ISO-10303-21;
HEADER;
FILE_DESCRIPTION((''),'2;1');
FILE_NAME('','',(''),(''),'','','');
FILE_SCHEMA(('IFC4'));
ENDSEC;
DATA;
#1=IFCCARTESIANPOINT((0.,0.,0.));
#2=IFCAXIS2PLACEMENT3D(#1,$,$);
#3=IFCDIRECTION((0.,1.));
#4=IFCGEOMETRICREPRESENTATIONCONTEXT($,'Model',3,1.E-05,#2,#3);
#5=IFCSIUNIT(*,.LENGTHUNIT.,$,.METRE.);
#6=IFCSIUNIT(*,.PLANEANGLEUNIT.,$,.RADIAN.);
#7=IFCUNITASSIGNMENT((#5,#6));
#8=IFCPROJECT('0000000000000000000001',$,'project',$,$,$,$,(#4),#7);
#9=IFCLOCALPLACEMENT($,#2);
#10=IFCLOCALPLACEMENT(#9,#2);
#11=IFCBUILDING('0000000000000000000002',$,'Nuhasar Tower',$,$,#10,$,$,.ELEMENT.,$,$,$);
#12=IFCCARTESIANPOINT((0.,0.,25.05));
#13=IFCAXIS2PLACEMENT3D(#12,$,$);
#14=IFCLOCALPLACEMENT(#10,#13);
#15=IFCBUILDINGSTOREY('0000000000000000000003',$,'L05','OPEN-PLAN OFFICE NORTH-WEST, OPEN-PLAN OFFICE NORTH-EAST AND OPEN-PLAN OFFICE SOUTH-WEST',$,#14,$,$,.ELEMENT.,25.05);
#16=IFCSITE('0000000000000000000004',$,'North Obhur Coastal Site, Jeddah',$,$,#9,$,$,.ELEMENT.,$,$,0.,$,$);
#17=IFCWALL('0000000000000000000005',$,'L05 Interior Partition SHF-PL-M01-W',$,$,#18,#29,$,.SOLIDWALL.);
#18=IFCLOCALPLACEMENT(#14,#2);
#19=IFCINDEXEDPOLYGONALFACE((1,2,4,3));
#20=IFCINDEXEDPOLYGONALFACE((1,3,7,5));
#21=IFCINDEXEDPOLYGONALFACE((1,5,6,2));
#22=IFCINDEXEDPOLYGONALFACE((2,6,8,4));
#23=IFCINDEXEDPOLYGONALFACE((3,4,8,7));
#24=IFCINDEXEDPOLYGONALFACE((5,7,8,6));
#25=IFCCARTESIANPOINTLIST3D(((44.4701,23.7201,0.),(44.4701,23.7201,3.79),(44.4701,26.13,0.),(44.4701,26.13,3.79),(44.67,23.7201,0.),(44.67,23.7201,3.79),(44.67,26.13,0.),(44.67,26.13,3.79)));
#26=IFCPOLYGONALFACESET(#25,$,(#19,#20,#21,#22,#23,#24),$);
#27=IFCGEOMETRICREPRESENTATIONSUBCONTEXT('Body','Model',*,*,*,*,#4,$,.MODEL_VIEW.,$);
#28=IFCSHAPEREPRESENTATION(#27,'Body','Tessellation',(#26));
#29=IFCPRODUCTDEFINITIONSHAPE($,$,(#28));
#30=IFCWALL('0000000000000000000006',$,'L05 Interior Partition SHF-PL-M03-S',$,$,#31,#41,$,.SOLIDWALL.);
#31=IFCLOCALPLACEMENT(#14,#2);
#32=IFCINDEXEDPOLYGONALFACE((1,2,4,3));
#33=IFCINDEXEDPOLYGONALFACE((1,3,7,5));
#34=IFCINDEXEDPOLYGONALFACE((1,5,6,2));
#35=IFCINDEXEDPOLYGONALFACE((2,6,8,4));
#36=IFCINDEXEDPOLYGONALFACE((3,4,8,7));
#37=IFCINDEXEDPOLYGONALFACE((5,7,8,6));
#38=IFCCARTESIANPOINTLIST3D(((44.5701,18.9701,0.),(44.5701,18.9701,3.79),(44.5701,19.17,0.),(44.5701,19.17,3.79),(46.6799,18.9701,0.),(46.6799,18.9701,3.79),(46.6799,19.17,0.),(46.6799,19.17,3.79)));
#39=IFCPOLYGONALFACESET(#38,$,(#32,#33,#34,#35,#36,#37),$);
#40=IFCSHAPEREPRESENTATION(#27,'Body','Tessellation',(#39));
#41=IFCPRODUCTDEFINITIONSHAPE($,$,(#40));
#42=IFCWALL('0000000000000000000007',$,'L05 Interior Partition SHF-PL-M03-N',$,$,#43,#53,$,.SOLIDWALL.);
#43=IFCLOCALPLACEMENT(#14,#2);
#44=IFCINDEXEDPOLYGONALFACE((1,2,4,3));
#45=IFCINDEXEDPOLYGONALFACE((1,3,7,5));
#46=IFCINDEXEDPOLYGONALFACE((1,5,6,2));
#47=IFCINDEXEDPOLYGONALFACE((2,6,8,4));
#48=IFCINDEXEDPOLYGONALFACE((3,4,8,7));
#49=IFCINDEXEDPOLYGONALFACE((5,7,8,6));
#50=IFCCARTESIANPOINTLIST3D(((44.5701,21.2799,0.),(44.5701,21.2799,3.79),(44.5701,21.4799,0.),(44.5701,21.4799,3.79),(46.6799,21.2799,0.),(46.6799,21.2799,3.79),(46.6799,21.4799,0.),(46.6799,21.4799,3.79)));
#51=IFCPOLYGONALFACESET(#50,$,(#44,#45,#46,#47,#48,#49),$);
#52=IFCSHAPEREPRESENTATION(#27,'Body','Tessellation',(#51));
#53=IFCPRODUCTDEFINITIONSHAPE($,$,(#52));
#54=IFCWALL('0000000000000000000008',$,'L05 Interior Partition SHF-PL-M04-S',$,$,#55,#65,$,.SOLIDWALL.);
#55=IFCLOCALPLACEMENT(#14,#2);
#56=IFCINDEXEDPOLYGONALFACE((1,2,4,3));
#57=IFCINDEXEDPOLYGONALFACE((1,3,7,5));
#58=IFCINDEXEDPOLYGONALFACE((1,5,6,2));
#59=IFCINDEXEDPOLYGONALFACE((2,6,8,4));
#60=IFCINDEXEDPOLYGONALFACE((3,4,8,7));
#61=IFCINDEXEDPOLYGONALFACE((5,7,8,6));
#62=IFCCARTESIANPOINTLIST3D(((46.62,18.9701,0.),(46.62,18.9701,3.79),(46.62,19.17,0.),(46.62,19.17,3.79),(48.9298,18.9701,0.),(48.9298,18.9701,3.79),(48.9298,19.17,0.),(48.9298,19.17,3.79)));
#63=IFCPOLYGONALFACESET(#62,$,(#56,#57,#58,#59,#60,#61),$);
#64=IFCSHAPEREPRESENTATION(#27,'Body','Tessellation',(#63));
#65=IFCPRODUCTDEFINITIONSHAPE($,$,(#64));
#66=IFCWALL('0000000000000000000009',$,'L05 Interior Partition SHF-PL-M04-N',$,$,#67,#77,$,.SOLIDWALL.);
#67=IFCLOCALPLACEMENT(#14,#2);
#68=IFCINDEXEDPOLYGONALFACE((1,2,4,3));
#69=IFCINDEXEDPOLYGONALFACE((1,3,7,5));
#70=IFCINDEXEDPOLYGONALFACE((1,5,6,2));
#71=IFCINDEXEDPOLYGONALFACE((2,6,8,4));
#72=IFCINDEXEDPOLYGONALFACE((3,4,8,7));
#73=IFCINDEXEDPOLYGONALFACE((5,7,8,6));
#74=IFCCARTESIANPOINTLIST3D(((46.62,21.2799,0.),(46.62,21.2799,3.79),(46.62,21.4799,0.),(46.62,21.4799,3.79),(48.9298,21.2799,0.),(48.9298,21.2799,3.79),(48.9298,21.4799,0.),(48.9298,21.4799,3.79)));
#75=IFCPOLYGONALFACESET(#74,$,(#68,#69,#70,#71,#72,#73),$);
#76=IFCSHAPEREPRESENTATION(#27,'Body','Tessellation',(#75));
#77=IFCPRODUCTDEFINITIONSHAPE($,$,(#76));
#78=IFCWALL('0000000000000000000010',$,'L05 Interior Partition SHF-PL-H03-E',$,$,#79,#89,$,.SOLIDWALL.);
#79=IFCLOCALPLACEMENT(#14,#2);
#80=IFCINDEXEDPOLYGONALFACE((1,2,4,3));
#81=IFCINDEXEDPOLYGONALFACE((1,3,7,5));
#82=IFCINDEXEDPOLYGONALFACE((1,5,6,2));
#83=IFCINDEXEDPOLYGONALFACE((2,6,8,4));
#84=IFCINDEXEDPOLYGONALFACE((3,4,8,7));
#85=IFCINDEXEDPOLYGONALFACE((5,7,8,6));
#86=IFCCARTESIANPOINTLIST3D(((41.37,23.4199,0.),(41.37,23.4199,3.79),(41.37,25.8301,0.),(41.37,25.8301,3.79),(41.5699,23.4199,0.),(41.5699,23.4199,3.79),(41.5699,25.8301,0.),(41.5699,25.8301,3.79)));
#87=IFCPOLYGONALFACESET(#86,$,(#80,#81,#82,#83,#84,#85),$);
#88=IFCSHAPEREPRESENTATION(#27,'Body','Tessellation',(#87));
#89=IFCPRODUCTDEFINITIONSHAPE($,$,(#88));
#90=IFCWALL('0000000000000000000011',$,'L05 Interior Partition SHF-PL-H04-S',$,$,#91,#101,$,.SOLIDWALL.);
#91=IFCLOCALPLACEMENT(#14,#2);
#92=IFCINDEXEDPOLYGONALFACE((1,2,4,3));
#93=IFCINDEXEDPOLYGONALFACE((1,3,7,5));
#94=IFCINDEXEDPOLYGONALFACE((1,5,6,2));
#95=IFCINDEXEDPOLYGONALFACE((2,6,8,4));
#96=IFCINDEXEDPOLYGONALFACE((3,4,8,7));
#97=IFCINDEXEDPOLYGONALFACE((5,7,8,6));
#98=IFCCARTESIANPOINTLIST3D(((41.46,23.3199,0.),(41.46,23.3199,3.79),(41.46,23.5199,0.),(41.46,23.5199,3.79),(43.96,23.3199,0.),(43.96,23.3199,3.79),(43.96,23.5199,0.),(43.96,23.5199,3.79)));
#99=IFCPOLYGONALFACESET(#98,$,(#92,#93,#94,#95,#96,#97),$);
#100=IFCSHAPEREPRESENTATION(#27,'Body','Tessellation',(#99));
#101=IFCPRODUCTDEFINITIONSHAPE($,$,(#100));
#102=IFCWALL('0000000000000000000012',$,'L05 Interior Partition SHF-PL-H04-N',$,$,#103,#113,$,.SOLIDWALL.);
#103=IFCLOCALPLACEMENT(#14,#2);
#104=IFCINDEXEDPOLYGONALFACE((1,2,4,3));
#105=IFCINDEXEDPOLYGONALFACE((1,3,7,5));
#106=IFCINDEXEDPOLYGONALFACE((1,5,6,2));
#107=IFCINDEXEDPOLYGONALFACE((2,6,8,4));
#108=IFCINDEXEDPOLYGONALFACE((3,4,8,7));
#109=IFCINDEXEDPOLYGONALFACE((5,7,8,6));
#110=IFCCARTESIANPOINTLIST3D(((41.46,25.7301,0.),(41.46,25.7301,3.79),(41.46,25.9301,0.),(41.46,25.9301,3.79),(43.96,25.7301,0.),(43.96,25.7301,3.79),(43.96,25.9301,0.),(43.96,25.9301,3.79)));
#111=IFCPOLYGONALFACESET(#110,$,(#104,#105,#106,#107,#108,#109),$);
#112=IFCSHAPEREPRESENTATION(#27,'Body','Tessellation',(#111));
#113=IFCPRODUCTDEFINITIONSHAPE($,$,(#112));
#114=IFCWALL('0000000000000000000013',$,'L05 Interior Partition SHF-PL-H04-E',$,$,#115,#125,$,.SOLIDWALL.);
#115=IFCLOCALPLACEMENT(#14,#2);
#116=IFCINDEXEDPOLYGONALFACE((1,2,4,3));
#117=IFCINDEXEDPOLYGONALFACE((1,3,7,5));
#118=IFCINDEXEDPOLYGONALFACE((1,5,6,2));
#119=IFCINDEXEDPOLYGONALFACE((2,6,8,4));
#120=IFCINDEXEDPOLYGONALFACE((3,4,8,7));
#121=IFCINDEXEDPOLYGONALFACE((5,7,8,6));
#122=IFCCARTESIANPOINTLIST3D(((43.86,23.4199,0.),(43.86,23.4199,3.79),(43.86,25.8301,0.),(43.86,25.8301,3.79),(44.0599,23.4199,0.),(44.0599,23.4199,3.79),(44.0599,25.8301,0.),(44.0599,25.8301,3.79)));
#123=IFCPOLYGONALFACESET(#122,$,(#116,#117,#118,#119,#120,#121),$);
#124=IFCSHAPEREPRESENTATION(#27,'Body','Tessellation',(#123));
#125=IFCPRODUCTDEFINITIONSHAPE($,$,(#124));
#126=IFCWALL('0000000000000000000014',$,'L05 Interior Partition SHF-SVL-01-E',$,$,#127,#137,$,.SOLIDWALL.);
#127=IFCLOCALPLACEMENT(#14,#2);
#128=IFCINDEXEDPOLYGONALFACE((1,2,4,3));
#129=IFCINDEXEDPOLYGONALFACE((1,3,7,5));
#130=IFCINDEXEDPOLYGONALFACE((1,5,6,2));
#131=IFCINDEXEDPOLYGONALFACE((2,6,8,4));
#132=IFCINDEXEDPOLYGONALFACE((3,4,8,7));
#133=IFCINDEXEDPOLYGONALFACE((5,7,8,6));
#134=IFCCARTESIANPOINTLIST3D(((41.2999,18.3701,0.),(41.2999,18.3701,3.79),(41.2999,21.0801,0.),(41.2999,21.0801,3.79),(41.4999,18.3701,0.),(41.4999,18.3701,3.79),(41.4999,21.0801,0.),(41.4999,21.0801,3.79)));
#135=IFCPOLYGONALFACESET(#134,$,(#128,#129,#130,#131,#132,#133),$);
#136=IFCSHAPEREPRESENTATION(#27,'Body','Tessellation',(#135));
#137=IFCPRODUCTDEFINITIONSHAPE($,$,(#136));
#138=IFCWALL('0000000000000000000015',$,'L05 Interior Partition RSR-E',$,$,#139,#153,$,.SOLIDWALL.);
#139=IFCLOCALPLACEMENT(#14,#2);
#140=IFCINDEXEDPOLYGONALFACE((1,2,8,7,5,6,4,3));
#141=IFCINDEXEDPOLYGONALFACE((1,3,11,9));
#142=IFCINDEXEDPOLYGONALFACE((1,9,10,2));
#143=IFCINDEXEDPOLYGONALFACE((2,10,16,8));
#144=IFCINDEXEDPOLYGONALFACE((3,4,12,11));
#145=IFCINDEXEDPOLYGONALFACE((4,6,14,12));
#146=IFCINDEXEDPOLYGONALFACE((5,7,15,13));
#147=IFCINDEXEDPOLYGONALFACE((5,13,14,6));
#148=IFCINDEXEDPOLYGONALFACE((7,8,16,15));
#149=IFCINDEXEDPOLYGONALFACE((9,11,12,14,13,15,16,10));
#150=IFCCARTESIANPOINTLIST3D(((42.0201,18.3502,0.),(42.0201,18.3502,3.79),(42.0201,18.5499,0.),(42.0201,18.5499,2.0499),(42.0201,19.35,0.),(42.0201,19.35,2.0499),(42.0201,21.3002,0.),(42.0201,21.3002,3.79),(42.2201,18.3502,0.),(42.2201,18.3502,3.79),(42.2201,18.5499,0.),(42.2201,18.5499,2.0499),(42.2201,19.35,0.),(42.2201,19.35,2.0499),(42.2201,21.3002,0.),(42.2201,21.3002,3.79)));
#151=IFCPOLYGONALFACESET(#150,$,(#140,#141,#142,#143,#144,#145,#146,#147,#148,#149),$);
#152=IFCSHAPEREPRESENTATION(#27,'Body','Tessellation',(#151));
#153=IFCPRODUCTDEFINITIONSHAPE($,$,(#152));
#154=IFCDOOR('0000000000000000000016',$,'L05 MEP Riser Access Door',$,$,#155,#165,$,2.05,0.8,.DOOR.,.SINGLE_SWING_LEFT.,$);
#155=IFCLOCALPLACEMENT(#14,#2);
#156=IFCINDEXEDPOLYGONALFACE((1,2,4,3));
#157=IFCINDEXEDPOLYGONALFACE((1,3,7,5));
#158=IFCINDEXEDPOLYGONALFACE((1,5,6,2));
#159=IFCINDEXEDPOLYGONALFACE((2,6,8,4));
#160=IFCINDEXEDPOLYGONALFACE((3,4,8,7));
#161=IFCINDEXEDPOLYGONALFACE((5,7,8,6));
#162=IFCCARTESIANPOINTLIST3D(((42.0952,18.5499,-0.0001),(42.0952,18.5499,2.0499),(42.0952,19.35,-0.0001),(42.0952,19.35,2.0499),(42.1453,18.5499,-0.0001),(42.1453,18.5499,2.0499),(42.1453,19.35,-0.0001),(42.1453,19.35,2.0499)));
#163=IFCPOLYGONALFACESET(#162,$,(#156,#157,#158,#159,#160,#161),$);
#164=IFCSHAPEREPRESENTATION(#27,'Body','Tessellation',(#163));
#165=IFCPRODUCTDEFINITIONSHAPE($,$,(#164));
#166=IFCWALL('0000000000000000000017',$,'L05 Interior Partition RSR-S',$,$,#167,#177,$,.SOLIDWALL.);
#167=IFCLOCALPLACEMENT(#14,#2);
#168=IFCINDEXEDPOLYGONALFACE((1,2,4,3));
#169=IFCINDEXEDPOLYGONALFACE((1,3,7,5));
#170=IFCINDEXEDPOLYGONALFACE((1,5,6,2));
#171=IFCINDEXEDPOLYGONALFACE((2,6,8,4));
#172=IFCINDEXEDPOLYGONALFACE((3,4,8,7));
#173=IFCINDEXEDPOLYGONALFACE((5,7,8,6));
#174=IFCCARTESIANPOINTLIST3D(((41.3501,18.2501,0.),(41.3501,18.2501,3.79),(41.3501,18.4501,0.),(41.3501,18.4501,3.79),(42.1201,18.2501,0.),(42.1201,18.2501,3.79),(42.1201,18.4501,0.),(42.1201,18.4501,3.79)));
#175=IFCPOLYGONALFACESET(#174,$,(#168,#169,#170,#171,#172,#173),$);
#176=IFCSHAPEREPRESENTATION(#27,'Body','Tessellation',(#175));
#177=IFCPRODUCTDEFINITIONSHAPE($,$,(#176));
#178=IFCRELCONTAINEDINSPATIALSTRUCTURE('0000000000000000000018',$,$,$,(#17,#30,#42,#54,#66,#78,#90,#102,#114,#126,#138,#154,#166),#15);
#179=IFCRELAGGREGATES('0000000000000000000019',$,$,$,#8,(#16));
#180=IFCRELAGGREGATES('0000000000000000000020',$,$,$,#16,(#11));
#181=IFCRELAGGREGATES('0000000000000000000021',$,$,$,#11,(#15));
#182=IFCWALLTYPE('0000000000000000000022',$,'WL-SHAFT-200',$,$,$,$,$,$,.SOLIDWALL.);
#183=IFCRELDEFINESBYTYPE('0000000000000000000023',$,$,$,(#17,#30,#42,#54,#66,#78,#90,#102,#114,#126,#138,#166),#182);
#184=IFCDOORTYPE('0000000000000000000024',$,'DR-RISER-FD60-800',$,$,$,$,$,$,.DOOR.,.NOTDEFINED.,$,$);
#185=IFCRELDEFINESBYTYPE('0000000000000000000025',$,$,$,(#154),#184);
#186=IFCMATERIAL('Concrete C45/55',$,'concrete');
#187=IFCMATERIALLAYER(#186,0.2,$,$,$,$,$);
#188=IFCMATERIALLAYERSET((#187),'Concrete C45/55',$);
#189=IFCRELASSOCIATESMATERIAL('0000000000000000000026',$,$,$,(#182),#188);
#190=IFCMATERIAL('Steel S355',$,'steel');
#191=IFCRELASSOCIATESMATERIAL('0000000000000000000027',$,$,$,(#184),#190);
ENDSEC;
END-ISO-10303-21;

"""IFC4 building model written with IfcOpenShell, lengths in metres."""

from ifc_helpers import new_model, si_unit, direction, frame, frame_2d, origin, place, context, subcontext, project, spatial, rectangle, extrude, material, layer, layer_set, type_object, element, fill, save


model = new_model("IFC4")

# Units and contexts
model_context = context("Model", 3, precision=1e-05, world=origin(), true_north=direction((0.0, 1.0)))
body_context = subcontext(model_context, "Body", "Model", "MODEL_VIEW")
ifc_project = project(units=[si_unit("LENGTHUNIT", "METRE"), si_unit("PLANEANGLEUNIT", "RADIAN")], contexts=[model_context])

# Site, building, storey
site_placement = place(None, origin())
site = spatial("IfcSite", under=ifc_project, at=site_placement, Name="North Obhur Coastal Site, Jeddah", CompositionType="ELEMENT", RefElevation=0.0)
building_placement = place(site_placement, origin())
building = spatial("IfcBuilding", under=site, at=building_placement, Name="Nuhasar Tower", CompositionType="ELEMENT")
storey_placement = place(building_placement, frame((0.0, 0.0, 25.05)))
storey = spatial("IfcBuildingStorey", under=building, at=storey_placement, Name="L05", Description="OPEN-PLAN OFFICE NORTH-WEST, OPEN-PLAN OFFICE NORTH-EAST AND OPEN-PLAN OFFICE SOUTH-WEST", CompositionType="ELEMENT", Elevation=25.05)

# Shared definitions
ifc_material_1 = material(Name="Steel S355", Category="steel")

# Shared definitions
ifc_material_2 = material(Name="Concrete C45/55", Category="concrete")

# Walls
ifc_layer_1 = layer(ifc_material_2, 0.2)
ifc_layer_set_1 = layer_set([ifc_layer_1], Name="Concrete C45/55")
wall_type_1 = type_object("IfcWallType", Name="WL-SHAFT-200", PredefinedType="SOLIDWALL", material=ifc_layer_set_1)
wall_1_placement = place(storey_placement, frame((44.5701, 23.72, 0.0), z_axis=(0.0, 0.0, 1.0), x_axis=(0.0, 1.0, 0.0)))
element("IfcWall", 1, at=wall_1_placement, inside=storey, type_object=wall_type_1, Name="L05 Interior Partition SHF-PL-M01-W", PredefinedType="SOLIDWALL", context=body_context, shape_type="SweptSolid", body=[
    extrude(rectangle(XDim=2.4099, YDim=0.2, at=frame_2d((1.2051, 0.0))), origin(), (0.0, 0.0, 1.0), 3.79),
])
for number, where, z_axis, x_axis, name in (
    (2, (44.5701, 19.0701, 0.0), (0.0, 0.0, 1.0), (1.0, 0.0, 0.0), "L05 Interior Partition SHF-PL-M03-S"),
    (3, (44.5701, 21.3799, 0.0), (0.0, 0.0, 1.0), (1.0, 0.0, 0.0), "L05 Interior Partition SHF-PL-M03-N"),
):
    element("IfcWall", number, at=place(storey_placement, frame(where, z_axis=z_axis, x_axis=x_axis)), inside=storey, type_object=wall_type_1, Name=name, PredefinedType="SOLIDWALL", context=body_context, shape_type="SweptSolid", body=[
        extrude(rectangle(XDim=2.1099, YDim=0.2, at=frame_2d((1.0549, 0.0))), origin(), (0.0, 0.0, 1.0), 3.79),
    ])
for number, where, z_axis, x_axis, name in (
    (4, (46.6201, 19.0701, 0.0), (0.0, 0.0, 1.0), (1.0, 0.0, 0.0), "L05 Interior Partition SHF-PL-M04-S"),
    (5, (46.6201, 21.3799, 0.0), (0.0, 0.0, 1.0), (1.0, 0.0, 0.0), "L05 Interior Partition SHF-PL-M04-N"),
):
    element("IfcWall", number, at=place(storey_placement, frame(where, z_axis=z_axis, x_axis=x_axis)), inside=storey, type_object=wall_type_1, Name=name, PredefinedType="SOLIDWALL", context=body_context, shape_type="SweptSolid", body=[
        extrude(rectangle(XDim=2.3098, YDim=0.2, at=frame_2d((1.1548, 0.0))), origin(), (0.0, 0.0, 1.0), 3.79),
    ])
wall_2_placement = place(storey_placement, frame((41.47, 23.4199, 0.0), z_axis=(0.0, 0.0, 1.0), x_axis=(0.0, 1.0, 0.0)))
element("IfcWall", 6, at=wall_2_placement, inside=storey, type_object=wall_type_1, Name="L05 Interior Partition SHF-PL-H03-E", PredefinedType="SOLIDWALL", context=body_context, shape_type="SweptSolid", body=[
    extrude(rectangle(XDim=2.4102, YDim=0.2, at=frame_2d((1.2051, 0.0))), origin(), (0.0, 0.0, 1.0), 3.79),
])
for number, where, z_axis, x_axis, name in (
    (7, (41.46, 23.4199, 0.0), (0.0, 0.0, 1.0), (1.0, 0.0, 0.0), "L05 Interior Partition SHF-PL-H04-S"),
    (8, (41.46, 25.8301, 0.0), (0.0, 0.0, 1.0), (1.0, 0.0, 0.0), "L05 Interior Partition SHF-PL-H04-N"),
):
    element("IfcWall", number, at=place(storey_placement, frame(where, z_axis=z_axis, x_axis=x_axis)), inside=storey, type_object=wall_type_1, Name=name, PredefinedType="SOLIDWALL", context=body_context, shape_type="SweptSolid", body=[
        extrude(rectangle(XDim=2.5, YDim=0.2, at=frame_2d((1.25, 0.0))), origin(), (0.0, 0.0, 1.0), 3.79),
    ])
wall_3_placement = place(storey_placement, frame((43.96, 23.4199, 0.0), z_axis=(0.0, 0.0, 1.0), x_axis=(0.0, 1.0, 0.0)))
element("IfcWall", 9, at=wall_3_placement, inside=storey, type_object=wall_type_1, Name="L05 Interior Partition SHF-PL-H04-E", PredefinedType="SOLIDWALL", context=body_context, shape_type="SweptSolid", body=[
    extrude(rectangle(XDim=2.4102, YDim=0.2, at=frame_2d((1.2051, 0.0))), origin(), (0.0, 0.0, 1.0), 3.79),
])
wall_4_placement = place(storey_placement, frame((41.3999, 18.3701, 0.0), z_axis=(0.0, 0.0, 1.0), x_axis=(0.0, 1.0, 0.0)))
element("IfcWall", 10, at=wall_4_placement, inside=storey, type_object=wall_type_1, Name="L05 Interior Partition SHF-SVL-01-E", PredefinedType="SOLIDWALL", context=body_context, shape_type="SweptSolid", body=[
    extrude(rectangle(XDim=2.71, YDim=0.2, at=frame_2d((1.355, 0.0))), origin(), (0.0, 0.0, 1.0), 3.79),
])

# Wall, opening, door
wall_5_placement = place(storey_placement, frame((42.1201, 18.3501, 0.0), z_axis=(0.0, 0.0, 1.0), x_axis=(0.0, 1.0, 0.0)))
wall_5 = element("IfcWall", 11, at=wall_5_placement, inside=storey, type_object=wall_type_1, Name="L05 Interior Partition RSR-E", PredefinedType="SOLIDWALL", context=body_context, shape_type="SweptSolid", body=[
    extrude(rectangle(XDim=2.95, YDim=0.2, at=frame_2d((1.4751, 0.0))), origin(), (0.0, 0.0, 1.0), 3.79),
])
opening_1_placement = place(wall_5_placement, frame((0.2, 0.0, 0.0)))
opening_1 = element("IfcOpeningElement", 12, at=opening_1_placement, cuts=wall_5, PredefinedType="OPENING", context=body_context, shape_type="SweptSolid", body=[
    extrude(rectangle(XDim=0.8, YDim=2.05, at=frame_2d((0.3999, 1.0249))), frame((0.0, 0.1099, 0.0), z_axis=(0.0, -1.0, 0.0), x_axis=(1.0, 0.0, 0.0)), (0.0, 0.0, 1.0), 0.22),
])
door_type_1 = type_object("IfcDoorType", Name="DR-RISER-FD60-800", OperationType="NOTDEFINED", PredefinedType="DOOR", material=ifc_material_1)
door_1_placement = place(opening_1_placement, origin())
door_1 = element("IfcDoor", 13, at=door_1_placement, inside=storey, type_object=door_type_1, Name="L05 MEP Riser Access Door", OperationType="SINGLE_SWING_LEFT", OverallHeight=2.05, OverallWidth=0.8, PredefinedType="DOOR", context=body_context, shape_type="SweptSolid", body=[
    extrude(rectangle(XDim=0.8, YDim=2.05, at=frame_2d((0.3999, 1.0249))), frame((0.0, 0.0249, 0.0), z_axis=(0.0, -1.0, 0.0), x_axis=(1.0, 0.0, 0.0)), (0.0, 0.0, 1.0), 0.05),
])
fill(opening_1, door_1)

# Wall
wall_6_placement = place(storey_placement, frame((41.3501, 18.3501, 0.0), z_axis=(0.0, 0.0, 1.0), x_axis=(1.0, 0.0, 0.0)))
element("IfcWall", 14, at=wall_6_placement, inside=storey, type_object=wall_type_1, Name="L05 Interior Partition RSR-S", PredefinedType="SOLIDWALL", context=body_context, shape_type="SweptSolid", body=[
    extrude(rectangle(XDim=0.77, YDim=0.2, at=frame_2d((0.385, 0.0))), origin(), (0.0, 0.0, 1.0), 3.79),
])

save(model, "model.ifc")
